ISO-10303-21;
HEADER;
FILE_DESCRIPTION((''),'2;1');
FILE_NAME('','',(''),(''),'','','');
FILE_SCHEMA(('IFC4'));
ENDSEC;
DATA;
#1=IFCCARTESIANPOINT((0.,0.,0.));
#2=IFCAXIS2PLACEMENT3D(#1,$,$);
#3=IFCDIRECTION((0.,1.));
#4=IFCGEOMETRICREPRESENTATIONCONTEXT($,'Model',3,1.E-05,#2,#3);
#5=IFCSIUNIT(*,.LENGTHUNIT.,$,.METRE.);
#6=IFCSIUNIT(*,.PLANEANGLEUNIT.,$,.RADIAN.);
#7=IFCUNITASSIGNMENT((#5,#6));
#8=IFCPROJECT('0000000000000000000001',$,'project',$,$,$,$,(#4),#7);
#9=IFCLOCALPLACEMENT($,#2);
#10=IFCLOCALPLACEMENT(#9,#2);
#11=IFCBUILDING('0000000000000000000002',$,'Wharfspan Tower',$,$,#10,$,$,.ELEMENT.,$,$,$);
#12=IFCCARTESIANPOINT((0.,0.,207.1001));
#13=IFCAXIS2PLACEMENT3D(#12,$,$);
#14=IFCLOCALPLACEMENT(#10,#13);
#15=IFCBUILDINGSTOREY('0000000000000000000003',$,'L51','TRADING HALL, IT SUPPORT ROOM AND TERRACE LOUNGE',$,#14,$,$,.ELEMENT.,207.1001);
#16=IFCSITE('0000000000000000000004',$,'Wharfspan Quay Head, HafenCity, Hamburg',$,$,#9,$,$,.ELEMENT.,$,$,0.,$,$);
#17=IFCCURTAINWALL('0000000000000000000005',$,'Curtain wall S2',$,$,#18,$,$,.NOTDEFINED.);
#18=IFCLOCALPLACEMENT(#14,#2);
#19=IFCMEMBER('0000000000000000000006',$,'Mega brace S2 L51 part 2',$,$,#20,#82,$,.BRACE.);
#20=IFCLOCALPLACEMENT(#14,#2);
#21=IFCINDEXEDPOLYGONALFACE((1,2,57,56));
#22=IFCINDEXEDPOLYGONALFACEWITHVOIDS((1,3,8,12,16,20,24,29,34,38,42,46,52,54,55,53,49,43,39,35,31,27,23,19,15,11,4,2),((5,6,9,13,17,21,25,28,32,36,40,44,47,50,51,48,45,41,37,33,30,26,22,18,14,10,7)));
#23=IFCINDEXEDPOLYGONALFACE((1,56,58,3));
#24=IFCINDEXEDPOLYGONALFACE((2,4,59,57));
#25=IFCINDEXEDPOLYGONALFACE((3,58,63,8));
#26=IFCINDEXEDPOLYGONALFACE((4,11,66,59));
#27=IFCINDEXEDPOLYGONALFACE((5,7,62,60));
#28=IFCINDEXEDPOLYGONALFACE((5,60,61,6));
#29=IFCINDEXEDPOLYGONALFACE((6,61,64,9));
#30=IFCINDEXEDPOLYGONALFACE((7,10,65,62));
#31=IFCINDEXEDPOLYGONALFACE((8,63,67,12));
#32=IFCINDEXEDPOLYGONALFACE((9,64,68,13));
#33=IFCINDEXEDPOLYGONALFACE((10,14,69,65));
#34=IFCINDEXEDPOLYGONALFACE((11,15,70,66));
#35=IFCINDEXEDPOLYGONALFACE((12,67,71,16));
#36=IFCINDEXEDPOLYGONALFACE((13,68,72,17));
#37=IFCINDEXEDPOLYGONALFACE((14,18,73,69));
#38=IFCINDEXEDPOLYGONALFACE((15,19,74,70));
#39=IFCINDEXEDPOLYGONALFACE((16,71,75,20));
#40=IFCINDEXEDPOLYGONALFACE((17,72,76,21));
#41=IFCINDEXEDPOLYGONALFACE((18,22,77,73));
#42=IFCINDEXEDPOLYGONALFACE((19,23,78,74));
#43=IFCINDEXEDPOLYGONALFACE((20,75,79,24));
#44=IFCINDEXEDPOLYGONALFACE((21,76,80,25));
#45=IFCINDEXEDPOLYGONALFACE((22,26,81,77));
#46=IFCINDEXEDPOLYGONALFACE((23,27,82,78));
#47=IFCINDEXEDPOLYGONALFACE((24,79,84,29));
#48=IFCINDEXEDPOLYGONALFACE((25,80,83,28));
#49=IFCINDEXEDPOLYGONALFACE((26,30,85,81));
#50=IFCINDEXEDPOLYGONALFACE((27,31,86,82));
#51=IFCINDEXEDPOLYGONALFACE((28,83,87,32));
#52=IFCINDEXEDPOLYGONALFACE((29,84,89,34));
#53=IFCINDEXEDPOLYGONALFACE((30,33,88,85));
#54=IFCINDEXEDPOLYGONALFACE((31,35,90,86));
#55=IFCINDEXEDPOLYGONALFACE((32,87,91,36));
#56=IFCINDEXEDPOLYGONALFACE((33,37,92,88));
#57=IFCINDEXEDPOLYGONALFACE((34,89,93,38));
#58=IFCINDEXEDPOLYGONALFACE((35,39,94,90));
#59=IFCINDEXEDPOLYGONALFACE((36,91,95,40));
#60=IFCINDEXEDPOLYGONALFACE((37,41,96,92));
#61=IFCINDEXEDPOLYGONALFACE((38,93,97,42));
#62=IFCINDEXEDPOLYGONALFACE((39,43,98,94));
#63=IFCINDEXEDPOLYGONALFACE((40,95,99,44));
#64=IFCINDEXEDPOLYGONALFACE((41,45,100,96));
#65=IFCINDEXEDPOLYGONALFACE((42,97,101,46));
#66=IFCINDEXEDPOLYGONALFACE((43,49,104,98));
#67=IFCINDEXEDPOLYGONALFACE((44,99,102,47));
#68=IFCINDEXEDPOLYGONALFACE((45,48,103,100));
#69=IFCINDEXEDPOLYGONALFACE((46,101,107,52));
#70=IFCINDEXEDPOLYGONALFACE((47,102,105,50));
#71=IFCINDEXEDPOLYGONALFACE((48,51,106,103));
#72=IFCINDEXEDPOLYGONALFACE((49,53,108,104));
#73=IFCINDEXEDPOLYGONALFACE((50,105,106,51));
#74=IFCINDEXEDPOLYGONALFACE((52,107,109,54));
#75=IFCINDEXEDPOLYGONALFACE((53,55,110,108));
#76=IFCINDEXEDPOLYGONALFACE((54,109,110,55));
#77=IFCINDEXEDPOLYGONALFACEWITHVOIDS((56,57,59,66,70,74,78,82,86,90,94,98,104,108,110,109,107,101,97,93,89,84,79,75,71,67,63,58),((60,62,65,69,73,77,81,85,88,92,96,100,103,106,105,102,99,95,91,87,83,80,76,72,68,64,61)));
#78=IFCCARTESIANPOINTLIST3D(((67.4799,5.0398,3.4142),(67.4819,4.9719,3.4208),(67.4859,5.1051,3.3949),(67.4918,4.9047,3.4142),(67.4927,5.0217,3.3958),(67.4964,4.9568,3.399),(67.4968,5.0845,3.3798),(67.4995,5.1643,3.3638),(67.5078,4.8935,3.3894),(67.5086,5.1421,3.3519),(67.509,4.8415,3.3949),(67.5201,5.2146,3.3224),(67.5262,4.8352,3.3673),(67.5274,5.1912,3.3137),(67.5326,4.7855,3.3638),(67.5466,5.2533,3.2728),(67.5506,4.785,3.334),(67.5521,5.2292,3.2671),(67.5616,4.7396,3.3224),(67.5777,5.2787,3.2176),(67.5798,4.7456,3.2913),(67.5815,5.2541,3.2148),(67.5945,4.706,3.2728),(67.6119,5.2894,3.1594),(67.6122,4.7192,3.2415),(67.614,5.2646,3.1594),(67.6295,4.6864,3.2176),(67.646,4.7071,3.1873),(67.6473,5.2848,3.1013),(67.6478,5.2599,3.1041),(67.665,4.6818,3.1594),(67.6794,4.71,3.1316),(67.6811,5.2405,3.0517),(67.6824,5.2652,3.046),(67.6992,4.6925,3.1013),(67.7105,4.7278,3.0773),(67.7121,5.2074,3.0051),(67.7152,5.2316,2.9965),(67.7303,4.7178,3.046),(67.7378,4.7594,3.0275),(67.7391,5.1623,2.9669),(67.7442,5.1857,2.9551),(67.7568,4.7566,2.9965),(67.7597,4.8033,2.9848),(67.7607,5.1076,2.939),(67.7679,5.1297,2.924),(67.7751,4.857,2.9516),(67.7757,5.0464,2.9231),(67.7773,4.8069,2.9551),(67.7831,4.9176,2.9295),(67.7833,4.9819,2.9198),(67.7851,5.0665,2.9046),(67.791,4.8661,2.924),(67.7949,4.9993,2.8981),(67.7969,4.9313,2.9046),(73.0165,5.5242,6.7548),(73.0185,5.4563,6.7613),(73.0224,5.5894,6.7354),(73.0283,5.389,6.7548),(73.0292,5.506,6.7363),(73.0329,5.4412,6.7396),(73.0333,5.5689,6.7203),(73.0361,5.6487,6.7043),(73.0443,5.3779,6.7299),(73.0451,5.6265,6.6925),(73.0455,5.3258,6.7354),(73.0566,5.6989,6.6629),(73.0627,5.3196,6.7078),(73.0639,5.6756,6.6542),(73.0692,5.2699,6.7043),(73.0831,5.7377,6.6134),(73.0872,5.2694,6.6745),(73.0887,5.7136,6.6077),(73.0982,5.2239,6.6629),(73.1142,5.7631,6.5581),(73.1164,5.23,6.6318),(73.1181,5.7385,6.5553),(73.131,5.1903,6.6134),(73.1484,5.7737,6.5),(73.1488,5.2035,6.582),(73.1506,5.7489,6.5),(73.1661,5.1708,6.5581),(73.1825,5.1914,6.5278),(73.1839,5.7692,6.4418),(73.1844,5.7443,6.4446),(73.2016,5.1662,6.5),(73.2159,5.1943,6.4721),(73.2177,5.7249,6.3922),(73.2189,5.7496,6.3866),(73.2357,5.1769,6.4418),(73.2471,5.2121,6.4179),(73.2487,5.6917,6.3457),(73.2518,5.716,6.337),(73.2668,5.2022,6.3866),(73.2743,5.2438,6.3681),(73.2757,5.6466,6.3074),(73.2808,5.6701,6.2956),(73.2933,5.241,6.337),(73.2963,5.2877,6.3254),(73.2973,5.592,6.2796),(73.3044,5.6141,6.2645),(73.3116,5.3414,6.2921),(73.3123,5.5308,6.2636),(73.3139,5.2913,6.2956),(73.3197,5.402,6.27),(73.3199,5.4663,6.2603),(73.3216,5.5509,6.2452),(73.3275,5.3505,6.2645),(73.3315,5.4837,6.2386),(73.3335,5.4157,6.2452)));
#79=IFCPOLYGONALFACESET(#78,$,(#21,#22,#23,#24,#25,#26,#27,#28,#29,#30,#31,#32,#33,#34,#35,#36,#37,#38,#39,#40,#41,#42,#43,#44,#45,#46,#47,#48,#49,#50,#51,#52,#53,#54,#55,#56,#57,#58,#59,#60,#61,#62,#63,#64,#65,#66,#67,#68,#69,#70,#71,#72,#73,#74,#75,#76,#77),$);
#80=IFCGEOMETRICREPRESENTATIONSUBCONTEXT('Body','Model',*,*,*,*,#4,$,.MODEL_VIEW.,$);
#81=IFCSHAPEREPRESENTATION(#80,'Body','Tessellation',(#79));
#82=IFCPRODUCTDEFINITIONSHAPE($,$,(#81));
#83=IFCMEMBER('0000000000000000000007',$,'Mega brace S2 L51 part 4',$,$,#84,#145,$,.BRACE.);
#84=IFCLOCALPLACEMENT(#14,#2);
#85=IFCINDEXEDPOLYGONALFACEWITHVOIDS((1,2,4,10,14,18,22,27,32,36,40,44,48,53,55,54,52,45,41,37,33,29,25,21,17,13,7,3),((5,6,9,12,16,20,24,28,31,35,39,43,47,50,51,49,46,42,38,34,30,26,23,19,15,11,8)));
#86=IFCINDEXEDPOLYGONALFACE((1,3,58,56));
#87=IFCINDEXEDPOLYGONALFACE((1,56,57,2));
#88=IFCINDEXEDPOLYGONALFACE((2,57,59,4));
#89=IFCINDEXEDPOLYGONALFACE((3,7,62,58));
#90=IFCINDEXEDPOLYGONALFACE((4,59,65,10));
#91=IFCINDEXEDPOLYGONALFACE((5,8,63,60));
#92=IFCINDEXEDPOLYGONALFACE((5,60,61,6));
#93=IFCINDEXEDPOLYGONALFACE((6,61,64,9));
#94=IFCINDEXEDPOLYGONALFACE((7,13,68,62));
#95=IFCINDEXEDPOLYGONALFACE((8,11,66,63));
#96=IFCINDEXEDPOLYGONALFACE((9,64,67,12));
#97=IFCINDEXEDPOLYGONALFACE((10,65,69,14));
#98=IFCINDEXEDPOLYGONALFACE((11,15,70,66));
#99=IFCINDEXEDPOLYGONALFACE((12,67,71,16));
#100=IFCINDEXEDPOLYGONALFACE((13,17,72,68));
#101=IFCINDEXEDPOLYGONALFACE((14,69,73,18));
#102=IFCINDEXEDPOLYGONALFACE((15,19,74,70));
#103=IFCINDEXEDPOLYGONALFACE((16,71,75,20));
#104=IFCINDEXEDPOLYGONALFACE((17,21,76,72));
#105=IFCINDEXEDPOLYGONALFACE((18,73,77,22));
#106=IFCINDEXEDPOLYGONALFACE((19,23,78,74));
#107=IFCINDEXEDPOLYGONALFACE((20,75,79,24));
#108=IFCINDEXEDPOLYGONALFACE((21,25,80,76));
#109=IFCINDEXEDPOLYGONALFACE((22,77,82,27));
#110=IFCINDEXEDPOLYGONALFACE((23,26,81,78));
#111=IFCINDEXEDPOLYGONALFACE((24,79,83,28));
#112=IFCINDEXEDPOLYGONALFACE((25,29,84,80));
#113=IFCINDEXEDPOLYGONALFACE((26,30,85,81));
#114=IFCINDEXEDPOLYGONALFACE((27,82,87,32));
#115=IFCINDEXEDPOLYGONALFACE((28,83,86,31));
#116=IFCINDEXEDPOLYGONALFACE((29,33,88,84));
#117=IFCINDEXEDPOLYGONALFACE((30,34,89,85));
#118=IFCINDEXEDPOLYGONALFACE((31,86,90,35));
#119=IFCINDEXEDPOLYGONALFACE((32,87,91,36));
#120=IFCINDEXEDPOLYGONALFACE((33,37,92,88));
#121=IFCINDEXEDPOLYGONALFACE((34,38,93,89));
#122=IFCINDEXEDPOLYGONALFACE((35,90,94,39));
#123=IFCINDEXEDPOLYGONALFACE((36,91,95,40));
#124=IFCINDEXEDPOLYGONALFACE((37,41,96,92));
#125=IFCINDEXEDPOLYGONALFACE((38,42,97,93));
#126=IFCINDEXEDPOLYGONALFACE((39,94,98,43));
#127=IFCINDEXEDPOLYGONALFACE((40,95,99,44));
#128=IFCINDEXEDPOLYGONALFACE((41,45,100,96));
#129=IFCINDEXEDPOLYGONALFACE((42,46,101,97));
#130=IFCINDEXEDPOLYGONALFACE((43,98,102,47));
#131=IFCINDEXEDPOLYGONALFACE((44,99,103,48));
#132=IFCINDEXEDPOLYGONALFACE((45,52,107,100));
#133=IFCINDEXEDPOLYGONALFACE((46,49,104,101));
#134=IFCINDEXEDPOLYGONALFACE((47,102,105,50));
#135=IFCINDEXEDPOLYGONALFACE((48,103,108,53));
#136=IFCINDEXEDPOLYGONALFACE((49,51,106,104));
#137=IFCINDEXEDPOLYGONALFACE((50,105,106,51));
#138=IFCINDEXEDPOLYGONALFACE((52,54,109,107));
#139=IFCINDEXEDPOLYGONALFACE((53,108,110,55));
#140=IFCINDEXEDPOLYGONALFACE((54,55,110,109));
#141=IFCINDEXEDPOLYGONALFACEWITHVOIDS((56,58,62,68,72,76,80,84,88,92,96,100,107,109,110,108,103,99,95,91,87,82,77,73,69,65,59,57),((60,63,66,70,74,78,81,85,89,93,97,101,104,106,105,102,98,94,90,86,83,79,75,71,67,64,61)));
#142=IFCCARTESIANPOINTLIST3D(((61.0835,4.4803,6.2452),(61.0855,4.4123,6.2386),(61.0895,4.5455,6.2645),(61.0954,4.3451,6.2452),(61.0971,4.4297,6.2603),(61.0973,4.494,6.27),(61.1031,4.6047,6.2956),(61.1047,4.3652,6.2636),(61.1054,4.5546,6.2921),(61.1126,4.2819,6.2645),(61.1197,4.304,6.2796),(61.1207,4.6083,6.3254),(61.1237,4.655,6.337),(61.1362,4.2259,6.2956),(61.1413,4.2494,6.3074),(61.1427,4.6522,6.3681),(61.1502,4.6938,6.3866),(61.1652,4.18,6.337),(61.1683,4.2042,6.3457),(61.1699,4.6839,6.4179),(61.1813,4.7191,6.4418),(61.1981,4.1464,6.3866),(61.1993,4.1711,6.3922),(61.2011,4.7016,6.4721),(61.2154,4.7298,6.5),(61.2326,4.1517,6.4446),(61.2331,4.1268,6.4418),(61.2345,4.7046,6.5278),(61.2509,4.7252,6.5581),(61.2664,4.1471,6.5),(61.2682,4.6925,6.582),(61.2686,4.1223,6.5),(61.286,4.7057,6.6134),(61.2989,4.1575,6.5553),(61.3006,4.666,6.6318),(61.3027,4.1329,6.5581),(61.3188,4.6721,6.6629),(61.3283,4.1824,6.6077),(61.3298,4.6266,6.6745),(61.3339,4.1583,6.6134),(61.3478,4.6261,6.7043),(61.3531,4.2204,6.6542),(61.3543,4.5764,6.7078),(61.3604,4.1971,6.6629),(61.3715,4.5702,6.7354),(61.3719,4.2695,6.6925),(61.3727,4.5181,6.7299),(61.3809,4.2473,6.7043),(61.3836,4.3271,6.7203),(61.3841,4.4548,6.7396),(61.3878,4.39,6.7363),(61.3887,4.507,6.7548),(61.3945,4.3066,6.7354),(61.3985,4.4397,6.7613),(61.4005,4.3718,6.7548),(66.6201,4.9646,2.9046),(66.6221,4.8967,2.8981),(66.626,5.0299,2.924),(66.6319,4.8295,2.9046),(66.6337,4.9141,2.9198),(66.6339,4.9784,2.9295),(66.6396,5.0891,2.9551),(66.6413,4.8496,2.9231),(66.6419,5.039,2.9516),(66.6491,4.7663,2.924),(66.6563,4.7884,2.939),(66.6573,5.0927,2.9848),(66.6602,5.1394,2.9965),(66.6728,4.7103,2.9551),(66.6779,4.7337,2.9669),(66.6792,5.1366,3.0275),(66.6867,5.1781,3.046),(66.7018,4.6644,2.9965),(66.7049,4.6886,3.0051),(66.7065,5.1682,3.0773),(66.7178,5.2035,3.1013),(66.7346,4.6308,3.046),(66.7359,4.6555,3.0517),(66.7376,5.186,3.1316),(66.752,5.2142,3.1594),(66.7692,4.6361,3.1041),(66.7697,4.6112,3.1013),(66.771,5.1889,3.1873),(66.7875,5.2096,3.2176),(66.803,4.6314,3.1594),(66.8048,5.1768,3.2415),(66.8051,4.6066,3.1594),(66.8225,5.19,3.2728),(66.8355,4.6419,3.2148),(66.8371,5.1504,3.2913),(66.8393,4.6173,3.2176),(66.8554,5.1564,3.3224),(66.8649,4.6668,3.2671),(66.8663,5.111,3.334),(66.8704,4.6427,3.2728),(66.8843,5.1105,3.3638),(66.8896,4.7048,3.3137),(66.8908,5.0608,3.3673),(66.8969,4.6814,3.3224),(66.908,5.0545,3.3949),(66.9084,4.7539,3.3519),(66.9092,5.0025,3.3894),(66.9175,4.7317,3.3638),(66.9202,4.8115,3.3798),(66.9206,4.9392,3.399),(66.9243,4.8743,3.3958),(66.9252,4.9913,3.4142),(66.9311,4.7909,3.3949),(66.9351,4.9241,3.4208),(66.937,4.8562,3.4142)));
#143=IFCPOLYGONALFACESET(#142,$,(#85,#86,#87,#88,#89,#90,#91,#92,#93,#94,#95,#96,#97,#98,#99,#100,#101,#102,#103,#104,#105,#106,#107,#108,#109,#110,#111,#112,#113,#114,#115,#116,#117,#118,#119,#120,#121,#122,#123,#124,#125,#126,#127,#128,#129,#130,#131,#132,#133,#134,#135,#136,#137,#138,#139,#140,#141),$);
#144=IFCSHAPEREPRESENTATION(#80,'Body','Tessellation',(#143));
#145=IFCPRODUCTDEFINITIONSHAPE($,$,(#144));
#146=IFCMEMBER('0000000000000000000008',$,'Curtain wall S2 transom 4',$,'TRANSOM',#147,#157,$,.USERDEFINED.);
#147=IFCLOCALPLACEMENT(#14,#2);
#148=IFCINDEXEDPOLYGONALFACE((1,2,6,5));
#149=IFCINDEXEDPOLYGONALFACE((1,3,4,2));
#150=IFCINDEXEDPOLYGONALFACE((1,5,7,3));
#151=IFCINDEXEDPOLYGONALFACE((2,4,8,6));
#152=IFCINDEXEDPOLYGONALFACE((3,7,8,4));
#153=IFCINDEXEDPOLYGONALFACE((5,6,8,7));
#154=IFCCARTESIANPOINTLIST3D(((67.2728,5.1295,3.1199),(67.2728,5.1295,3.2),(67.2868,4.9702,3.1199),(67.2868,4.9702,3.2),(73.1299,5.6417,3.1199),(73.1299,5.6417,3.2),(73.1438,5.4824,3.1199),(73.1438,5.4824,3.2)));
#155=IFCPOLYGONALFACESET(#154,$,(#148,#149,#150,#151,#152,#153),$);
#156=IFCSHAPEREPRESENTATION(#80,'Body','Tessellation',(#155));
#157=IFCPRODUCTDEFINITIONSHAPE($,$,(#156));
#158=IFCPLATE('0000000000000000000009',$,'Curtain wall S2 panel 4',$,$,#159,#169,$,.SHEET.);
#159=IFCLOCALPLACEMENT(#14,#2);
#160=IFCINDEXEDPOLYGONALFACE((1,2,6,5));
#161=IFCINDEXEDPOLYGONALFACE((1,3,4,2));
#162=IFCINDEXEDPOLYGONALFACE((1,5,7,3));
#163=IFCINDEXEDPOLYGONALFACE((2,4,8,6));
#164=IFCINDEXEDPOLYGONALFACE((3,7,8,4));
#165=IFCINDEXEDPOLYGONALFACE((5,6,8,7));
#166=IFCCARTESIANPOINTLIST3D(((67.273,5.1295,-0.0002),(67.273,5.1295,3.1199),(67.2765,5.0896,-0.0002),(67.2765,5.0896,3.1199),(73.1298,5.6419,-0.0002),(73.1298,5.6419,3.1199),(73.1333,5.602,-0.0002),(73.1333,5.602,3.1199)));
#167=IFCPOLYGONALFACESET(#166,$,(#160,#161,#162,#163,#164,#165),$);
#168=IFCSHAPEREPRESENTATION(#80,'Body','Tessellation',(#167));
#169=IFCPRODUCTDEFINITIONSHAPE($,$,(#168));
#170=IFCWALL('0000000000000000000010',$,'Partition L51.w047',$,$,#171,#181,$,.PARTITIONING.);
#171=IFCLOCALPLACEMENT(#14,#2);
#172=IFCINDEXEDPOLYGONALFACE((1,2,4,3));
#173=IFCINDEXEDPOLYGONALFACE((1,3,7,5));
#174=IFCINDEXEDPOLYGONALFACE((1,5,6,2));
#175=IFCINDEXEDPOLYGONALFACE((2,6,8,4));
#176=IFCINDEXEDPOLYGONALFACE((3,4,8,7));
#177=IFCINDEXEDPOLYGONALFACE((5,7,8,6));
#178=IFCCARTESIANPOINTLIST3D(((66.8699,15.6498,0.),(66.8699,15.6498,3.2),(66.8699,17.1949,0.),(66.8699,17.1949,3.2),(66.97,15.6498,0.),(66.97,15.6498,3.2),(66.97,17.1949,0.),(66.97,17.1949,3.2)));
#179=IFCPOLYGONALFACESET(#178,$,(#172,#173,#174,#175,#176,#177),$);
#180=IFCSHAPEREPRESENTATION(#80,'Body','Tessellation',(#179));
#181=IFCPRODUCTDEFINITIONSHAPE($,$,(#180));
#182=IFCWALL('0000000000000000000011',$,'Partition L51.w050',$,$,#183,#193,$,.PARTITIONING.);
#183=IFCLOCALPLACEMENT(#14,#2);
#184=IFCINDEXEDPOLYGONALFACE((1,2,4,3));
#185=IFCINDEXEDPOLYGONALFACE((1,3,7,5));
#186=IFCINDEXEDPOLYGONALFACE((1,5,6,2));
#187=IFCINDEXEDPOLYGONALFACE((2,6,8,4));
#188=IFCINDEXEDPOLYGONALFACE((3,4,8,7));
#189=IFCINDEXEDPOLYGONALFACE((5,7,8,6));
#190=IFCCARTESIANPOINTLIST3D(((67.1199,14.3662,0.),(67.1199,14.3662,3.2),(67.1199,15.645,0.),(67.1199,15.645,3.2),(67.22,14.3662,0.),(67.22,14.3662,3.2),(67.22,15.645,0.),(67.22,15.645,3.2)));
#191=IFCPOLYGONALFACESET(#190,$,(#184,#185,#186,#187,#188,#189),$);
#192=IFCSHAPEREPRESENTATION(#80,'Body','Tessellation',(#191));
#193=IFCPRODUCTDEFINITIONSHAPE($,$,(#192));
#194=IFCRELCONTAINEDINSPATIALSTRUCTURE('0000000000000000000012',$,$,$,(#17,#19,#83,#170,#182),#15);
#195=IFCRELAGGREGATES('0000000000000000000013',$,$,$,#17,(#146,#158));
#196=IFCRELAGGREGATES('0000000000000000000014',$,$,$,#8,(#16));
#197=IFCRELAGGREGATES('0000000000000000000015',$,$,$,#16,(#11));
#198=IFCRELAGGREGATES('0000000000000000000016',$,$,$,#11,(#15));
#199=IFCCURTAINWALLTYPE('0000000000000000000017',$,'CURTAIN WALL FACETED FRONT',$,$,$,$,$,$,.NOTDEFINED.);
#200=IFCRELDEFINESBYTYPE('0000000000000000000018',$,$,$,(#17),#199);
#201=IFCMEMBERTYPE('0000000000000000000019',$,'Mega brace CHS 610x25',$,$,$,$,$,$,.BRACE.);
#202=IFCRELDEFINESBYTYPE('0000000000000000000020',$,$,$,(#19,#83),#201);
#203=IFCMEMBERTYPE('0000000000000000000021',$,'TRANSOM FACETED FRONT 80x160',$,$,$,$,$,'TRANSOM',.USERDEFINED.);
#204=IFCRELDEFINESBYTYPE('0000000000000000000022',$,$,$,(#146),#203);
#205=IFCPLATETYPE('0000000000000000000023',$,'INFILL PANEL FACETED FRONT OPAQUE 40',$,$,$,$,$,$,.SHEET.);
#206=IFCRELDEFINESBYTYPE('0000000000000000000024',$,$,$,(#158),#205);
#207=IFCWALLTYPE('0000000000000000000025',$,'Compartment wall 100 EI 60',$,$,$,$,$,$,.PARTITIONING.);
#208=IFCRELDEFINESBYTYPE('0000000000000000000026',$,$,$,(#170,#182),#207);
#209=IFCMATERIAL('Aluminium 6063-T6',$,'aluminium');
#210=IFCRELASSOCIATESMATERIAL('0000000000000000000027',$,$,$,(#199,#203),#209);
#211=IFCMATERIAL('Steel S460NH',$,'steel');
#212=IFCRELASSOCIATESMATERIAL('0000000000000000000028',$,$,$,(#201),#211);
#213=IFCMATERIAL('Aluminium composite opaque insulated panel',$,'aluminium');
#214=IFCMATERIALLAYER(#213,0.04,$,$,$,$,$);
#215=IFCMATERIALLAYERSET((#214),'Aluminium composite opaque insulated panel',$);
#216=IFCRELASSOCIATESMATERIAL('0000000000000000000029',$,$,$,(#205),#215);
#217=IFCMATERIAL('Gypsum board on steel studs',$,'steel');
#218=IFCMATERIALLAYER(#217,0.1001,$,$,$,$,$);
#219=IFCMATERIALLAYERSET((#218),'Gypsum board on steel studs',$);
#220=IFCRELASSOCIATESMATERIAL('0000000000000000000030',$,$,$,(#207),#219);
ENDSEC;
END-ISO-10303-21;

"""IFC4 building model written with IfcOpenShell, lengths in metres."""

from ifc_helpers import new_model, si_unit, direction, frame, frame_2d, origin, origin_2d, place, context, subcontext, project, spatial, rectangle, hollow_circle, extrude, material, layer, layer_set, material_profile, profile_set, type_object, element, aggregate, save


model = new_model("IFC4")

# Units and contexts
model_context = context("Model", 3, precision=1e-05, world=origin(), true_north=direction((0.0, 1.0)))
body_context = subcontext(model_context, "Body", "Model", "MODEL_VIEW")
ifc_project = project(units=[si_unit("LENGTHUNIT", "METRE"), si_unit("PLANEANGLEUNIT", "RADIAN")], contexts=[model_context])

# Site, building, storey
site_placement = place(None, origin())
site = spatial("IfcSite", under=ifc_project, at=site_placement, Name="Wharfspan Quay Head, HafenCity, Hamburg", CompositionType="ELEMENT", RefElevation=0.0)
building_placement = place(site_placement, origin())
building = spatial("IfcBuilding", under=site, at=building_placement, Name="Wharfspan Tower", CompositionType="ELEMENT")
storey_placement = place(building_placement, frame((0.0, 0.0, 207.1001)))
storey = spatial("IfcBuildingStorey", under=building, at=storey_placement, Name="L51", Description="TRADING HALL, IT SUPPORT ROOM AND TERRACE LOUNGE", CompositionType="ELEMENT", Elevation=207.1001)

# Shared definitions
ifc_material_1 = material(Name="Steel S460NH", Category="steel")

# Curtain wall
ifc_material_2 = material(Name="Aluminium 6063-T6", Category="aluminium")
curtain_wall_type = type_object("IfcCurtainWallType", Name="CURTAIN WALL FACETED FRONT", PredefinedType="NOTDEFINED", material=ifc_material_2)
curtain_wall_placement = place(storey_placement, origin())
curtain_wall = element("IfcCurtainWall", 1, at=curtain_wall_placement, inside=storey, type_object=curtain_wall_type, Name="Curtain wall S2", PredefinedType="NOTDEFINED")

# Members
ifc_material_profile_1 = material_profile(ifc_material_1, hollow_circle(Radius=0.3049, WallThickness=0.0249, at=origin_2d()))
ifc_profile_set_1 = profile_set([ifc_material_profile_1], Name="Steel S460NH")
member_type_1 = type_object("IfcMemberType", Name="Mega brace CHS 610x25", PredefinedType="BRACE", material=ifc_profile_set_1)
for number, where, z_axis, x_axis, name in (
    (2, (67.6384, 4.9856, 3.1594), (0.853829, 0.074698, 0.515166), (-0.087155, 0.996197, 0.000003), "Mega brace S2 L51 part 2"),
    (3, (66.7786, 4.9104, 3.1594), (-0.853829, -0.074698, 0.515166), (0.087155, -0.996197, 0.000003), "Mega brace S2 L51 part 4"),
):
    element("IfcMember", number, at=place(storey_placement, frame(where, z_axis=z_axis, x_axis=x_axis)), inside=storey, type_object=member_type_1, Name=name, PredefinedType="BRACE", context=body_context, shape_type="SweptSolid", body=[
        extrude(hollow_circle(Radius=0.3049, WallThickness=0.0249, at=origin_2d()), origin(), (0.0, 0.0, 1.0), 6.4844),
    ])

# Member
ifc_material_profile_2 = material_profile(ifc_material_2, rectangle(XDim=0.1599, YDim=0.0801, at=origin_2d()))
ifc_profile_set_2 = profile_set([ifc_material_profile_2], Name="Aluminium 6063-T6")
member_type_2 = type_object("IfcMemberType", Name="TRANSOM FACETED FRONT 80x160", ElementType="TRANSOM", PredefinedType="USERDEFINED", material=ifc_profile_set_2)
member_1_placement = place(storey_placement, frame((67.2798, 5.0498, 3.1599), z_axis=(0.996198, 0.087121, 0.0), x_axis=(-0.087121, 0.996198, 0.0)))
member_1 = element("IfcMember", 4, at=member_1_placement, type_object=member_type_2, Name="Curtain wall S2 transom 4", ObjectType="TRANSOM", PredefinedType="USERDEFINED", context=body_context, shape_type="SweptSolid", body=[
    extrude(rectangle(XDim=0.1599, YDim=0.0801, at=origin_2d()), origin(), (0.0, 0.0, 1.0), 5.8794),
])

# Plate
ifc_material_3 = material(Name="Aluminium composite opaque insulated panel", Category="aluminium")
ifc_layer_1 = layer(ifc_material_3, 0.04)
ifc_layer_set_1 = layer_set([ifc_layer_1], Name="Aluminium composite opaque insulated panel")
plate_type = type_object("IfcPlateType", Name="INFILL PANEL FACETED FRONT OPAQUE 40", PredefinedType="SHEET", material=ifc_layer_set_1)
plate_placement = place(storey_placement, frame((70.2031, 5.3657, -0.0002), z_axis=(0.0, 0.0, 1.0), x_axis=(0.996197, 0.087156, 0.0)))
plate = element("IfcPlate", 5, at=plate_placement, type_object=plate_type, Name="Curtain wall S2 panel 4", PredefinedType="SHEET", context=body_context, shape_type="SweptSolid", body=[
    extrude(rectangle(XDim=5.8792, YDim=0.04, at=origin_2d()), origin(), (0.0, 0.0, 1.0), 3.1201),
])
aggregate(curtain_wall, [member_1, plate])

# Walls
ifc_material_4 = material(Name="Gypsum board on steel studs", Category="steel")
ifc_layer_2 = layer(ifc_material_4, 0.1001)
ifc_layer_set_2 = layer_set([ifc_layer_2], Name="Gypsum board on steel studs")
wall_type_1 = type_object("IfcWallType", Name="Compartment wall 100 EI 60", PredefinedType="PARTITIONING", material=ifc_layer_set_2)
wall_1_placement = place(storey_placement, frame((66.9199, 15.6499, 0.0), z_axis=(0.0, 0.0, 1.0), x_axis=(0.0, 1.0, 0.0)))
element("IfcWall", 6, at=wall_1_placement, inside=storey, type_object=wall_type_1, Name="Partition L51.w047", PredefinedType="PARTITIONING", context=body_context, shape_type="SweptSolid", body=[
    extrude(rectangle(XDim=1.5452, YDim=0.1001, at=frame_2d((0.7725, 0.0))), origin(), (0.0, 0.0, 1.0), 3.2),
])
wall_2_placement = place(storey_placement, frame((67.1699, 14.3662, 0.0), z_axis=(0.0, 0.0, 1.0), x_axis=(0.0, 1.0, 0.0)))
element("IfcWall", 7, at=wall_2_placement, inside=storey, type_object=wall_type_1, Name="Partition L51.w050", PredefinedType="PARTITIONING", context=body_context, shape_type="SweptSolid", body=[
    extrude(rectangle(XDim=1.2788, YDim=0.1001, at=frame_2d((0.6394, 0.0))), origin(), (0.0, 0.0, 1.0), 3.2),
])

save(model, "model.ifc")
